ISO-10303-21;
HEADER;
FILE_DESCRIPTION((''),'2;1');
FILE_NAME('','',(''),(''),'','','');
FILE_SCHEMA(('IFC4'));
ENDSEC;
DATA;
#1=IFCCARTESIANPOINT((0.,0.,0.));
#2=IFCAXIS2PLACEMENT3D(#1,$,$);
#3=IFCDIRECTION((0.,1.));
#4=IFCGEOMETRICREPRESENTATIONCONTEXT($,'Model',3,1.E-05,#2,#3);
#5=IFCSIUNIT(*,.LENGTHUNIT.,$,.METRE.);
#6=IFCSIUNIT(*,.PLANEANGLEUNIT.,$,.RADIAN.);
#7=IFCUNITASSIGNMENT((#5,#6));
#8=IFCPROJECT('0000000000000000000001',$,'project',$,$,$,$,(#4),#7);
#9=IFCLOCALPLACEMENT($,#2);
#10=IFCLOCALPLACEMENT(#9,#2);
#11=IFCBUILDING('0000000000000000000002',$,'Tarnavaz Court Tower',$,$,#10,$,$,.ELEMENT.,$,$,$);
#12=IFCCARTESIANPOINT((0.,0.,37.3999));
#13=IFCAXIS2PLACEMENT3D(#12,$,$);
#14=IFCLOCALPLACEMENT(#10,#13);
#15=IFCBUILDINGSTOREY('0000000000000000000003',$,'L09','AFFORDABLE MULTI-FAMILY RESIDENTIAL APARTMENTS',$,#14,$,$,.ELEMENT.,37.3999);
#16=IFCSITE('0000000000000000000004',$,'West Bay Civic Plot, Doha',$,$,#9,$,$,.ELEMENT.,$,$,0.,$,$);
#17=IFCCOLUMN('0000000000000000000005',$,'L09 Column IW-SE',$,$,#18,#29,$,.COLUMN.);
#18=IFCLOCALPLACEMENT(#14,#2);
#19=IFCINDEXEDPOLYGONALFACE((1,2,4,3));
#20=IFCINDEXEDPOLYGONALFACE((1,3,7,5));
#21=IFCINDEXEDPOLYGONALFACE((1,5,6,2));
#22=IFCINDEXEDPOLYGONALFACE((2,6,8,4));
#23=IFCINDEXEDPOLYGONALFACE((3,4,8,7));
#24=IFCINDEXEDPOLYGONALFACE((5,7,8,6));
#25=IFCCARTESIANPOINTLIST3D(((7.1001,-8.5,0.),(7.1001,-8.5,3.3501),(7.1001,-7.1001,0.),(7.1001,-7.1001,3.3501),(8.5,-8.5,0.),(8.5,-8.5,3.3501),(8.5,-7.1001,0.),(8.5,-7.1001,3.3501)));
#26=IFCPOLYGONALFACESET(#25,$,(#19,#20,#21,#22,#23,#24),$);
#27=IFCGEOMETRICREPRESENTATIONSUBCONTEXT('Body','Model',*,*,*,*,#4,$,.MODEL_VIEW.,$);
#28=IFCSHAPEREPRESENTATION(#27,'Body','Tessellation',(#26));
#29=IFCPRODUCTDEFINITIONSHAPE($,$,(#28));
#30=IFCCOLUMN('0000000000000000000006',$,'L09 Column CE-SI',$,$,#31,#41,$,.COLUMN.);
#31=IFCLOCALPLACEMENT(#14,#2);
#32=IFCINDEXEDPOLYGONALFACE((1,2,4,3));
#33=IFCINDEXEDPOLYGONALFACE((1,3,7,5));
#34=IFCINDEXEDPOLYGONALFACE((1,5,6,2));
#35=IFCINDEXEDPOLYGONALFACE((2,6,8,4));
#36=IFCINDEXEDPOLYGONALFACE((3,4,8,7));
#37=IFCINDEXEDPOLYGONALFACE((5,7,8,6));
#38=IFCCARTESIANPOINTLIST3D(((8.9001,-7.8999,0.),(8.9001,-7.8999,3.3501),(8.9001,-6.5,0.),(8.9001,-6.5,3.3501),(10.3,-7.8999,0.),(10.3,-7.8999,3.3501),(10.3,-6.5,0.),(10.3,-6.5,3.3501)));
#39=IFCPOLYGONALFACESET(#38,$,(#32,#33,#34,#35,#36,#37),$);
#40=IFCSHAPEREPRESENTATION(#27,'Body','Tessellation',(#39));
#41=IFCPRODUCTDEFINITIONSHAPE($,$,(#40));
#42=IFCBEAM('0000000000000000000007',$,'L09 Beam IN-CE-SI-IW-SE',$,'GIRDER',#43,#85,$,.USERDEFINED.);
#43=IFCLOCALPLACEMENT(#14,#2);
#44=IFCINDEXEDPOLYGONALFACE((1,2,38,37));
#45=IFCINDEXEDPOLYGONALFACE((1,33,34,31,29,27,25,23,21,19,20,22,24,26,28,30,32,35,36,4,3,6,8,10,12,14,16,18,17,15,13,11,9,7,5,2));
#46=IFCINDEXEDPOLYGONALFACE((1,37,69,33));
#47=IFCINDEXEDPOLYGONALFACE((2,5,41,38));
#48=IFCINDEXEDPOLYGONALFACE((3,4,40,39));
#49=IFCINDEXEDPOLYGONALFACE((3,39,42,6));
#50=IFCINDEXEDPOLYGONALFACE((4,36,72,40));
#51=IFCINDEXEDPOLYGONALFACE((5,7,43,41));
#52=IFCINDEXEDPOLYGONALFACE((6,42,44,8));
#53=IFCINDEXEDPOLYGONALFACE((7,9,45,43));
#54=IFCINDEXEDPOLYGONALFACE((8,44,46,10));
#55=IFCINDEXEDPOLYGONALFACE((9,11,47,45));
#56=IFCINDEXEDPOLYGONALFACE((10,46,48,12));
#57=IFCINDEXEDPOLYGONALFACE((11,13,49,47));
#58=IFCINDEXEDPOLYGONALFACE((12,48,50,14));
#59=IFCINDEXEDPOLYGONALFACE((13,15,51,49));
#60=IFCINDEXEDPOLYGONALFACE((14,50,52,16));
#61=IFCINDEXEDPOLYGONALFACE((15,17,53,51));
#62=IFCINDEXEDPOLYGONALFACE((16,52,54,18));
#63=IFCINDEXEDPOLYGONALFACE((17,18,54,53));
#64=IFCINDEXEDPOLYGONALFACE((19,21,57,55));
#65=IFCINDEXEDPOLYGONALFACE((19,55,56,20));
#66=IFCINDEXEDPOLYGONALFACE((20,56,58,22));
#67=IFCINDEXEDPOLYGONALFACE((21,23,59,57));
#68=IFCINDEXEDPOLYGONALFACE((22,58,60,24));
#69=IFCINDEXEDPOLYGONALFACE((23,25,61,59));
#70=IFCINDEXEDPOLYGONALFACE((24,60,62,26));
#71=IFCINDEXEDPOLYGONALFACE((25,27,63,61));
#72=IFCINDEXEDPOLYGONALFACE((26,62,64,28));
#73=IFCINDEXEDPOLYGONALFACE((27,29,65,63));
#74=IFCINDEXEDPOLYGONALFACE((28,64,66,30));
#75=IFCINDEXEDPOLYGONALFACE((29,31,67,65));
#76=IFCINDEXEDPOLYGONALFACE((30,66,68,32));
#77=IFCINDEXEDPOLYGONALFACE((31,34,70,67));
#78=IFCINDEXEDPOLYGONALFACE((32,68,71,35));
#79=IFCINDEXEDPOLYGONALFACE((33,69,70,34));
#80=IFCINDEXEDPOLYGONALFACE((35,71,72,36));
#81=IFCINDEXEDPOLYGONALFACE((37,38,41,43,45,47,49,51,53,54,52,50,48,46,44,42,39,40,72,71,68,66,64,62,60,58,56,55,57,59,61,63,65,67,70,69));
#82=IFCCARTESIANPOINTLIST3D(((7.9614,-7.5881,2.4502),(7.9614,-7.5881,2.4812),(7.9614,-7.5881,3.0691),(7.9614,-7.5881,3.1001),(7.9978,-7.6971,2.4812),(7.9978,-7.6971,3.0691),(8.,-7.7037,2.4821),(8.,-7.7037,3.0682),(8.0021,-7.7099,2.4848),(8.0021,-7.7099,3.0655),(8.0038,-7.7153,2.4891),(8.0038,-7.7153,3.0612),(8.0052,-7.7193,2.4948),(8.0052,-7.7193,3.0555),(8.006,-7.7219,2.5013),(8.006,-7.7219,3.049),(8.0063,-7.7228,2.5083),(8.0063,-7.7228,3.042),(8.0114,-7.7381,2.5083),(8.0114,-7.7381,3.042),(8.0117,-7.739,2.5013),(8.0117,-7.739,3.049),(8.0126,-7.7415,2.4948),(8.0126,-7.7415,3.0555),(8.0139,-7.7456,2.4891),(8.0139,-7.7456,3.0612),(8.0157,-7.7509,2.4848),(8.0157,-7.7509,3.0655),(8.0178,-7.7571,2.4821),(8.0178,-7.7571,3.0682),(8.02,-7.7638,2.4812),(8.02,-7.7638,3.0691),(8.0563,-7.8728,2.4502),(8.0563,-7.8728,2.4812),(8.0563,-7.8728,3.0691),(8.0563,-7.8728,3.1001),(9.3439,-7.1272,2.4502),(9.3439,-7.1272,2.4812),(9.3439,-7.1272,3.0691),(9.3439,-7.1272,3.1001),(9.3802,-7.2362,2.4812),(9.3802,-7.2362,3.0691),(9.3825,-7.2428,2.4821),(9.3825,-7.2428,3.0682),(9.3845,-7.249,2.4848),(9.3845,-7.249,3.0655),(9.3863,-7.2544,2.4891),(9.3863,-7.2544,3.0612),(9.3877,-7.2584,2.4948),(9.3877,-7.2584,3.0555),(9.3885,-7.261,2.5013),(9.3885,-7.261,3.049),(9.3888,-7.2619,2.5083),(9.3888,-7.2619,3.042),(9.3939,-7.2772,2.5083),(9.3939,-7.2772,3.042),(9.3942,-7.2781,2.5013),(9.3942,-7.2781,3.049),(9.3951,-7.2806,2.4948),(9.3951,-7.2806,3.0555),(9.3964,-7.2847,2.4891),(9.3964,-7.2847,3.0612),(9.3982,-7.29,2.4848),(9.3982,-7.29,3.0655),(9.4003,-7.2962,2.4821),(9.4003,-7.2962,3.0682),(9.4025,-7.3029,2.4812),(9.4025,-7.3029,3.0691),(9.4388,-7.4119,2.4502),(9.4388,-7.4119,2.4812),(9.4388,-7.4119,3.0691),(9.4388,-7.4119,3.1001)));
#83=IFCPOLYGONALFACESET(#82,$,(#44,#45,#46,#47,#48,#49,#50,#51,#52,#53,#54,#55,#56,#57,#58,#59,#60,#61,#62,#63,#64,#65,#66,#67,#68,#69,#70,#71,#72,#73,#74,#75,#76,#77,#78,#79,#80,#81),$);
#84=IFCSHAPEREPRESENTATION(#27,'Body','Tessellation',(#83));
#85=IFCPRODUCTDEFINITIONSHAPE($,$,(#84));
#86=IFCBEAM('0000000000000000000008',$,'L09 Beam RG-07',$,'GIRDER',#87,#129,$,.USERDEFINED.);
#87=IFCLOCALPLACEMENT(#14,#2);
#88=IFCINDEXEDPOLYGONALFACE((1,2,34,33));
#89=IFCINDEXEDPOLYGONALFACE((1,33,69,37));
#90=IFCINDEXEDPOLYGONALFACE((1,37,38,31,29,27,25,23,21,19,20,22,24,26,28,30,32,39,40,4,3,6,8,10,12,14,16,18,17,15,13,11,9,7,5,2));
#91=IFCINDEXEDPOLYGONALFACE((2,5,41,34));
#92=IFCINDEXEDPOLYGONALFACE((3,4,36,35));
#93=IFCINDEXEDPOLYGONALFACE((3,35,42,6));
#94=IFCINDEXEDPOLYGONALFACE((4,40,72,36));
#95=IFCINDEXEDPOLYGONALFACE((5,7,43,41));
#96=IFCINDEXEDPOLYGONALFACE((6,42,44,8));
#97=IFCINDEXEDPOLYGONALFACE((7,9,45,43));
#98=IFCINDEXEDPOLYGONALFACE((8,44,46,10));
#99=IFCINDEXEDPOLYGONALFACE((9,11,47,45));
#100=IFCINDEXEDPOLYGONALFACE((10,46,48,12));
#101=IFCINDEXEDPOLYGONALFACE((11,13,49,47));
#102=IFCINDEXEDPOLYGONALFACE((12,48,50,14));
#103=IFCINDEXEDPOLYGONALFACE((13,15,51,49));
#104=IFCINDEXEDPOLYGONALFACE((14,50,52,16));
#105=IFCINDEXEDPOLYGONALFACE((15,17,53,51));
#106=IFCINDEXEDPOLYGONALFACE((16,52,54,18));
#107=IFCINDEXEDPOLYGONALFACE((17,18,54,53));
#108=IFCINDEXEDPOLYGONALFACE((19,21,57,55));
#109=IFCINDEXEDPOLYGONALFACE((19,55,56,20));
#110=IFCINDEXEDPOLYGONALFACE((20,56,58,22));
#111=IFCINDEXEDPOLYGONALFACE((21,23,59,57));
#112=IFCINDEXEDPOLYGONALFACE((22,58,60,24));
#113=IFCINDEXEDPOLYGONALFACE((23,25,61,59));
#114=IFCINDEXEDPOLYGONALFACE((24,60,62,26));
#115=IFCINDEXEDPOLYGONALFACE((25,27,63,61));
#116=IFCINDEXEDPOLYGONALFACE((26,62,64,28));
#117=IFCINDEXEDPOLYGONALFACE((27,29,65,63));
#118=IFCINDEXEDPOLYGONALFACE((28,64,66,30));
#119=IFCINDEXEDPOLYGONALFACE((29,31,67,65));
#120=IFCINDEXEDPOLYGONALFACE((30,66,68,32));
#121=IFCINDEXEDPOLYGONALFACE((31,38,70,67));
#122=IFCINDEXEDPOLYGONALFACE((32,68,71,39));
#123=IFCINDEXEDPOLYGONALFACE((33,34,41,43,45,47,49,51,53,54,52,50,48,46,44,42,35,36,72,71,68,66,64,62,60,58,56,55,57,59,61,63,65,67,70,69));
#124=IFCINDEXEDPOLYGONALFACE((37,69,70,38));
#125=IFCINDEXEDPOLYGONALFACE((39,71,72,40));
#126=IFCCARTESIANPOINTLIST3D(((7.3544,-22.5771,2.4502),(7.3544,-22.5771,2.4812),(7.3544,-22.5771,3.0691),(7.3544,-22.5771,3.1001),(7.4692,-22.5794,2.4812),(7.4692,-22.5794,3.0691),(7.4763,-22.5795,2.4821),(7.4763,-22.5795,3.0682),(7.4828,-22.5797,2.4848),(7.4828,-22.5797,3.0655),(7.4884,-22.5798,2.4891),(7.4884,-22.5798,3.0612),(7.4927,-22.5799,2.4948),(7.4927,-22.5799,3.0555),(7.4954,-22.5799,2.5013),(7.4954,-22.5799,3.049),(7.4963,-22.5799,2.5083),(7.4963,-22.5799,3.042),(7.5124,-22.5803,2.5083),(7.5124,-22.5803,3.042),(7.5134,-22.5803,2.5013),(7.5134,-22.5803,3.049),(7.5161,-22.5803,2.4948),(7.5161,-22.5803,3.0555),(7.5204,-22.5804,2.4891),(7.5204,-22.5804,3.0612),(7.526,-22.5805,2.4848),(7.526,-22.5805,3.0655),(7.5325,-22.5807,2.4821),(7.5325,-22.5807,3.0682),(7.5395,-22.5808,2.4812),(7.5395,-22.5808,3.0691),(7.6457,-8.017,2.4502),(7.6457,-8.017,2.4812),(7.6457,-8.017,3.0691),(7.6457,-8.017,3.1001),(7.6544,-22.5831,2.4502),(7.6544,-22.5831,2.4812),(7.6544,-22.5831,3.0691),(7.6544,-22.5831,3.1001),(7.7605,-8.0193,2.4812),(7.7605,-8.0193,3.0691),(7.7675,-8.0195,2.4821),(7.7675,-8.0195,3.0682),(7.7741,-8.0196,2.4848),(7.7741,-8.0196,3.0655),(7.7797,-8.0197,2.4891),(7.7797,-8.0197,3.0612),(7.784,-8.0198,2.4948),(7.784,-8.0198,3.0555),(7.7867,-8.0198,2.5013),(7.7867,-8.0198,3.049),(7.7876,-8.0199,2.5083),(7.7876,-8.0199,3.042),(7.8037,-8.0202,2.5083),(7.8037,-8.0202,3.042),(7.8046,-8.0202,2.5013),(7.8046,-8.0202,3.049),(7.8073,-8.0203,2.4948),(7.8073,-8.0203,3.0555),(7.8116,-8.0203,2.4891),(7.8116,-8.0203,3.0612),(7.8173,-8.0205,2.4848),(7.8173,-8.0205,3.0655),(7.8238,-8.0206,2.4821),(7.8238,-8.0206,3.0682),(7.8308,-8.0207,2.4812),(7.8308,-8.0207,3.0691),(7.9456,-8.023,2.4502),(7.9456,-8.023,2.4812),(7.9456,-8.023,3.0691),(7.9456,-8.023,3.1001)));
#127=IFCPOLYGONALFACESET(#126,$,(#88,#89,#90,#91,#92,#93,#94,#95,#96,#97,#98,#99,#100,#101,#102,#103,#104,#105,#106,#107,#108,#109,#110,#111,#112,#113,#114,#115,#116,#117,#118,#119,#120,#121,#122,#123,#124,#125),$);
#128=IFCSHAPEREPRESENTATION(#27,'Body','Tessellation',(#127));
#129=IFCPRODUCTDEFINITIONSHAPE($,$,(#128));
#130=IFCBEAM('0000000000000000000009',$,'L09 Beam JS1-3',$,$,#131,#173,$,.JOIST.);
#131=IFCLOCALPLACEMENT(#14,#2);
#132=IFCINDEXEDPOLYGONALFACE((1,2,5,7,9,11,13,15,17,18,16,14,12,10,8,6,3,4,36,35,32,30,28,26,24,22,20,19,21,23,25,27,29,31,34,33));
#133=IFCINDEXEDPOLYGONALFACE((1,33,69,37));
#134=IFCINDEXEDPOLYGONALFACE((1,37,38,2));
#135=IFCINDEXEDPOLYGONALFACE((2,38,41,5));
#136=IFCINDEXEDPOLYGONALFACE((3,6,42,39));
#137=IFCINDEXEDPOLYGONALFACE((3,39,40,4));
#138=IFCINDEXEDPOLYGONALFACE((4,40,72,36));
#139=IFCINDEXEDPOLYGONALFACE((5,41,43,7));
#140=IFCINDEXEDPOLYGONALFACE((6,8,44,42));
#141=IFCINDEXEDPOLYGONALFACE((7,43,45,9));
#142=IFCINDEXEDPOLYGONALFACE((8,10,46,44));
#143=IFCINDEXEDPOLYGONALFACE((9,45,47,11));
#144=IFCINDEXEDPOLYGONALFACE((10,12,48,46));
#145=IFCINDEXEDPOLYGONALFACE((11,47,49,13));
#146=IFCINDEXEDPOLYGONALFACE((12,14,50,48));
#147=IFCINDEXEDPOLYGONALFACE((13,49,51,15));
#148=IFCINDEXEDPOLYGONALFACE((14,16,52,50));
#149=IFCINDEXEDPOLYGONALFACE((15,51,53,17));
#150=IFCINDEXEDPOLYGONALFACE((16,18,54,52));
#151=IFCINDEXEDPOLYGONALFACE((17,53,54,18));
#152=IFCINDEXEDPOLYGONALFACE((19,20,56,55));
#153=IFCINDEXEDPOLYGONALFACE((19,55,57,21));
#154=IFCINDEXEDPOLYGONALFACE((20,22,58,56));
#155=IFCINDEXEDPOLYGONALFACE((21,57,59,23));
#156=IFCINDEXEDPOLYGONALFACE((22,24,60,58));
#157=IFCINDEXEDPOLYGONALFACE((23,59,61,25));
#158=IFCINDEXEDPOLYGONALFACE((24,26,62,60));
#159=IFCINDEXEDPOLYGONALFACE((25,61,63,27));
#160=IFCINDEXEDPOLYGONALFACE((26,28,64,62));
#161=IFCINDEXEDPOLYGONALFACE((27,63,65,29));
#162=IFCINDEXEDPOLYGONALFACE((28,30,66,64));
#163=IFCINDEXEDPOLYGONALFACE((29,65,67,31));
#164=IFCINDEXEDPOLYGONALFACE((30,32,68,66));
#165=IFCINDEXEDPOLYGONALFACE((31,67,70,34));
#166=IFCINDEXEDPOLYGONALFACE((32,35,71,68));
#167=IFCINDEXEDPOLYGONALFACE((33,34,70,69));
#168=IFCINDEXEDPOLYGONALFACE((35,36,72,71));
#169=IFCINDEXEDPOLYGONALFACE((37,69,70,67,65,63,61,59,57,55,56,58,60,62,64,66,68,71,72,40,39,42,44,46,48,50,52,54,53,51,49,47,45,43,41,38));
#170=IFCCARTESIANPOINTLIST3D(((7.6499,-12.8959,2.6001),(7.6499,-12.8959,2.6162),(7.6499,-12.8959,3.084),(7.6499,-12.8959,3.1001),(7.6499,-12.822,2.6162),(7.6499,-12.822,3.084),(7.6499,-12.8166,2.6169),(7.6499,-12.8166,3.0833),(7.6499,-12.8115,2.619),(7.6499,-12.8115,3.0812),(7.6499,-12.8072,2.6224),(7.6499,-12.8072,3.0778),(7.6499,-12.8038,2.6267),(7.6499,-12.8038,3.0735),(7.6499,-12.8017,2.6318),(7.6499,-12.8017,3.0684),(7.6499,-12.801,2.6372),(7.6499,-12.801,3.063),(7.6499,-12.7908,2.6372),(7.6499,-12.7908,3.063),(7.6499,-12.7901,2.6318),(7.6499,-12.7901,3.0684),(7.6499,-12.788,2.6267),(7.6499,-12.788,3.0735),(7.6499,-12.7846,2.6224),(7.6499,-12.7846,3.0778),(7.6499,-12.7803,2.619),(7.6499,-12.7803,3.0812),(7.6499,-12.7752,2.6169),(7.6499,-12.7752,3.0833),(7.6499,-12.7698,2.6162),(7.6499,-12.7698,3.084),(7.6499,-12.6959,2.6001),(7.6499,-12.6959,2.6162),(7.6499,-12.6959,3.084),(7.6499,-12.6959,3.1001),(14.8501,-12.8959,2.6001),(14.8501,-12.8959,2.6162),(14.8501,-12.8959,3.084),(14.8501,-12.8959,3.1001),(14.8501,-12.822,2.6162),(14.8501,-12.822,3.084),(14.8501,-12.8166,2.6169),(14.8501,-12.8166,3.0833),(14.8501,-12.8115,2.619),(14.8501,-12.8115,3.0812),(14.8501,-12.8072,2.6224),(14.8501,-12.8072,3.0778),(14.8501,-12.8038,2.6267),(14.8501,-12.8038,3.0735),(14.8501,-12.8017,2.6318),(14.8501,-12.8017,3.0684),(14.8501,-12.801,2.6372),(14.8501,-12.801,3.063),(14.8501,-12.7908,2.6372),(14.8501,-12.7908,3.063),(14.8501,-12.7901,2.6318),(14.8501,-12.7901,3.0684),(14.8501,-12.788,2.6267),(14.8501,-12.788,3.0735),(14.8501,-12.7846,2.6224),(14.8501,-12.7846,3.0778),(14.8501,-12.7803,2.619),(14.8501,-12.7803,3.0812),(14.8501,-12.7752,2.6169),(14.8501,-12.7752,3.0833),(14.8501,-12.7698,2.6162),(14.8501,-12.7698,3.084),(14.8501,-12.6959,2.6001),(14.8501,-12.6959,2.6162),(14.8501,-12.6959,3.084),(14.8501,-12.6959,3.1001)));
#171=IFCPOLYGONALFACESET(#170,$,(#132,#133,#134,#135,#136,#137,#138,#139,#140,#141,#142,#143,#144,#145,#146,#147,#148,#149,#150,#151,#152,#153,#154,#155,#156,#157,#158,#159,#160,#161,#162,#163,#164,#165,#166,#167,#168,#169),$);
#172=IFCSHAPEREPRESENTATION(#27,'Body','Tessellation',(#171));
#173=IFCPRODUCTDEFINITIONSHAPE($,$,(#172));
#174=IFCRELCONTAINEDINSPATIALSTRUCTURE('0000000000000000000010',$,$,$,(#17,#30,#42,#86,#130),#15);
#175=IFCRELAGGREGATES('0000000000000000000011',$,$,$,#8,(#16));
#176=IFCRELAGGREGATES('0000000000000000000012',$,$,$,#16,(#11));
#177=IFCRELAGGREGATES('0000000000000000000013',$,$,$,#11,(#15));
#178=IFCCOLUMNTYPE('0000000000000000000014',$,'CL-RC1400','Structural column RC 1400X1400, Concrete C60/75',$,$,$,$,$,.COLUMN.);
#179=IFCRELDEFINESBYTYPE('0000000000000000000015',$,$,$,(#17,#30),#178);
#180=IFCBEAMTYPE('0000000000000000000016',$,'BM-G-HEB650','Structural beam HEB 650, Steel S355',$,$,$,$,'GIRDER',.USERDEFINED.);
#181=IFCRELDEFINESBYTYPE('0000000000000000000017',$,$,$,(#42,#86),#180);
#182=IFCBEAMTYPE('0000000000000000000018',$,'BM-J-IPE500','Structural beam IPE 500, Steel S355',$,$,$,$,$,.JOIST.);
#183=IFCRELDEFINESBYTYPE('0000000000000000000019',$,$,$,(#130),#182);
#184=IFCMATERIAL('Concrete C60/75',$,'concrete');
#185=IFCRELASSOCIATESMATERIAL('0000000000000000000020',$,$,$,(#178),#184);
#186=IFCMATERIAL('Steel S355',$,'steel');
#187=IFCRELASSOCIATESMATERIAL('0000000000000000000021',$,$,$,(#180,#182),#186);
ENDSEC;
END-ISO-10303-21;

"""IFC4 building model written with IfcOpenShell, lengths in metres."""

from ifc_helpers import new_model, si_unit, direction, frame, origin, origin_2d, place, context, subcontext, project, spatial, rectangle, i_section, extrude, material, material_profile, profile_set, type_object, element, save


model = new_model("IFC4")

# Units and contexts
model_context = context("Model", 3, precision=1e-05, world=origin(), true_north=direction((0.0, 1.0)))
body_context = subcontext(model_context, "Body", "Model", "MODEL_VIEW")
ifc_project = project(units=[si_unit("LENGTHUNIT", "METRE"), si_unit("PLANEANGLEUNIT", "RADIAN")], contexts=[model_context])

# Site, building, storey
site_placement = place(None, origin())
site = spatial("IfcSite", under=ifc_project, at=site_placement, Name="West Bay Civic Plot, Doha", CompositionType="ELEMENT", RefElevation=0.0)
building_placement = place(site_placement, origin())
building = spatial("IfcBuilding", under=site, at=building_placement, Name="Tarnavaz Court Tower", CompositionType="ELEMENT")
storey_placement = place(building_placement, frame((0.0, 0.0, 37.3999)))
storey = spatial("IfcBuildingStorey", under=building, at=storey_placement, Name="L09", Description="AFFORDABLE MULTI-FAMILY RESIDENTIAL APARTMENTS", CompositionType="ELEMENT", Elevation=37.3999)

# Columns
ifc_material_1 = material(Name="Concrete C60/75", Category="concrete")
ifc_material_profile_1 = material_profile(ifc_material_1, rectangle(XDim=1.3999, YDim=1.3999, at=origin_2d()), Name="RC 1400X1400")
ifc_profile_set_1 = profile_set([ifc_material_profile_1], Name="Concrete C60/75")
column_type = type_object("IfcColumnType", Name="CL-RC1400", Description="Structural column RC 1400X1400, Concrete C60/75", PredefinedType="COLUMN", material=ifc_profile_set_1)
for number, where, z_axis, x_axis, name in (
    (1, (7.8, -7.8, 0.0), (0.0, 0.0, 1.0), (1.0, 0.0, 0.0), "L09 Column IW-SE"),
    (2, (9.6001, -7.2, 0.0), (0.0, 0.0, 1.0), (1.0, 0.0, 0.0), "L09 Column CE-SI"),
):
    element("IfcColumn", number, at=place(storey_placement, frame(where, z_axis=z_axis, x_axis=x_axis)), inside=storey, type_object=column_type, Name=name, PredefinedType="COLUMN", context=body_context, shape_type="SweptSolid", body=[
        extrude(rectangle(XDim=1.3999, YDim=1.3999, at=origin_2d()), origin(), (0.0, 0.0, 1.0), 3.3501),
    ])

# Beams
ifc_material_2 = material(Name="Steel S355", Category="steel")
ifc_material_profile_2 = material_profile(ifc_material_2, i_section(OverallWidth=0.3, OverallDepth=0.6499, WebThickness=0.0161, FlangeThickness=0.031, FilletRadius=0.0271, at=origin_2d()), Name="HEB 650")
ifc_profile_set_2 = profile_set([ifc_material_profile_2], Name="Steel S355")
beam_type_1 = type_object("IfcBeamType", Name="BM-G-HEB650", Description="Structural beam HEB 650, Steel S355", ElementType="GIRDER", PredefinedType="USERDEFINED", material=ifc_profile_set_2)
beam_1_placement = place(storey_placement, frame((9.3914, -7.2695, 2.7751), z_axis=(-0.948667, -0.316278, 0.0), x_axis=(0.316278, -0.948667, 0.0)))
element("IfcBeam", 3, at=beam_1_placement, inside=storey, type_object=beam_type_1, Name="L09 Beam IN-CE-SI-IW-SE", ObjectType="GIRDER", PredefinedType="USERDEFINED", context=body_context, shape_type="SweptSolid", body=[
    extrude(i_section(OverallWidth=0.3, OverallDepth=0.6499, WebThickness=0.0161, FlangeThickness=0.031, FilletRadius=0.0271, at=origin_2d()), origin(), (0.0, 0.0, 1.0), 1.4573),
])
beam_2_placement = place(storey_placement, frame((7.7957, -8.02, 2.7751), z_axis=(-0.02, -0.9998, 0.0), x_axis=(0.9998, -0.02, 0.0)))
element("IfcBeam", 4, at=beam_2_placement, inside=storey, type_object=beam_type_1, Name="L09 Beam RG-07", ObjectType="GIRDER", PredefinedType="USERDEFINED", context=body_context, shape_type="SweptSolid", body=[
    extrude(i_section(OverallWidth=0.3, OverallDepth=0.6499, WebThickness=0.0161, FlangeThickness=0.031, FilletRadius=0.0271, at=origin_2d()), origin(), (0.0, 0.0, 1.0), 14.563),
])
ifc_material_profile_3 = material_profile(ifc_material_2, i_section(OverallWidth=0.2, OverallDepth=0.5, WebThickness=0.0103, FlangeThickness=0.0161, FilletRadius=0.021, at=origin_2d()), Name="IPE 500")
ifc_profile_set_3 = profile_set([ifc_material_profile_3], Name="Steel S355")
beam_type_2 = type_object("IfcBeamType", Name="BM-J-IPE500", Description="Structural beam IPE 500, Steel S355", PredefinedType="JOIST", material=ifc_profile_set_3)
for number, where, z_axis, x_axis, name in (
    (5, (7.6499, -12.7959, 2.8501), (1.0, 0.0, 0.0), (0.0, 1.0, 0.0), "L09 Beam JS1-3"),
):
    element("IfcBeam", number, at=place(storey_placement, frame(where, z_axis=z_axis, x_axis=x_axis)), inside=storey, type_object=beam_type_2, Name=name, PredefinedType="JOIST", context=body_context, shape_type="SweptSolid", body=[
        extrude(i_section(OverallWidth=0.2, OverallDepth=0.5, WebThickness=0.0103, FlangeThickness=0.0161, FilletRadius=0.021, at=origin_2d()), origin(), (0.0, 0.0, 1.0), 7.2002),
    ])

save(model, "model.ifc")
